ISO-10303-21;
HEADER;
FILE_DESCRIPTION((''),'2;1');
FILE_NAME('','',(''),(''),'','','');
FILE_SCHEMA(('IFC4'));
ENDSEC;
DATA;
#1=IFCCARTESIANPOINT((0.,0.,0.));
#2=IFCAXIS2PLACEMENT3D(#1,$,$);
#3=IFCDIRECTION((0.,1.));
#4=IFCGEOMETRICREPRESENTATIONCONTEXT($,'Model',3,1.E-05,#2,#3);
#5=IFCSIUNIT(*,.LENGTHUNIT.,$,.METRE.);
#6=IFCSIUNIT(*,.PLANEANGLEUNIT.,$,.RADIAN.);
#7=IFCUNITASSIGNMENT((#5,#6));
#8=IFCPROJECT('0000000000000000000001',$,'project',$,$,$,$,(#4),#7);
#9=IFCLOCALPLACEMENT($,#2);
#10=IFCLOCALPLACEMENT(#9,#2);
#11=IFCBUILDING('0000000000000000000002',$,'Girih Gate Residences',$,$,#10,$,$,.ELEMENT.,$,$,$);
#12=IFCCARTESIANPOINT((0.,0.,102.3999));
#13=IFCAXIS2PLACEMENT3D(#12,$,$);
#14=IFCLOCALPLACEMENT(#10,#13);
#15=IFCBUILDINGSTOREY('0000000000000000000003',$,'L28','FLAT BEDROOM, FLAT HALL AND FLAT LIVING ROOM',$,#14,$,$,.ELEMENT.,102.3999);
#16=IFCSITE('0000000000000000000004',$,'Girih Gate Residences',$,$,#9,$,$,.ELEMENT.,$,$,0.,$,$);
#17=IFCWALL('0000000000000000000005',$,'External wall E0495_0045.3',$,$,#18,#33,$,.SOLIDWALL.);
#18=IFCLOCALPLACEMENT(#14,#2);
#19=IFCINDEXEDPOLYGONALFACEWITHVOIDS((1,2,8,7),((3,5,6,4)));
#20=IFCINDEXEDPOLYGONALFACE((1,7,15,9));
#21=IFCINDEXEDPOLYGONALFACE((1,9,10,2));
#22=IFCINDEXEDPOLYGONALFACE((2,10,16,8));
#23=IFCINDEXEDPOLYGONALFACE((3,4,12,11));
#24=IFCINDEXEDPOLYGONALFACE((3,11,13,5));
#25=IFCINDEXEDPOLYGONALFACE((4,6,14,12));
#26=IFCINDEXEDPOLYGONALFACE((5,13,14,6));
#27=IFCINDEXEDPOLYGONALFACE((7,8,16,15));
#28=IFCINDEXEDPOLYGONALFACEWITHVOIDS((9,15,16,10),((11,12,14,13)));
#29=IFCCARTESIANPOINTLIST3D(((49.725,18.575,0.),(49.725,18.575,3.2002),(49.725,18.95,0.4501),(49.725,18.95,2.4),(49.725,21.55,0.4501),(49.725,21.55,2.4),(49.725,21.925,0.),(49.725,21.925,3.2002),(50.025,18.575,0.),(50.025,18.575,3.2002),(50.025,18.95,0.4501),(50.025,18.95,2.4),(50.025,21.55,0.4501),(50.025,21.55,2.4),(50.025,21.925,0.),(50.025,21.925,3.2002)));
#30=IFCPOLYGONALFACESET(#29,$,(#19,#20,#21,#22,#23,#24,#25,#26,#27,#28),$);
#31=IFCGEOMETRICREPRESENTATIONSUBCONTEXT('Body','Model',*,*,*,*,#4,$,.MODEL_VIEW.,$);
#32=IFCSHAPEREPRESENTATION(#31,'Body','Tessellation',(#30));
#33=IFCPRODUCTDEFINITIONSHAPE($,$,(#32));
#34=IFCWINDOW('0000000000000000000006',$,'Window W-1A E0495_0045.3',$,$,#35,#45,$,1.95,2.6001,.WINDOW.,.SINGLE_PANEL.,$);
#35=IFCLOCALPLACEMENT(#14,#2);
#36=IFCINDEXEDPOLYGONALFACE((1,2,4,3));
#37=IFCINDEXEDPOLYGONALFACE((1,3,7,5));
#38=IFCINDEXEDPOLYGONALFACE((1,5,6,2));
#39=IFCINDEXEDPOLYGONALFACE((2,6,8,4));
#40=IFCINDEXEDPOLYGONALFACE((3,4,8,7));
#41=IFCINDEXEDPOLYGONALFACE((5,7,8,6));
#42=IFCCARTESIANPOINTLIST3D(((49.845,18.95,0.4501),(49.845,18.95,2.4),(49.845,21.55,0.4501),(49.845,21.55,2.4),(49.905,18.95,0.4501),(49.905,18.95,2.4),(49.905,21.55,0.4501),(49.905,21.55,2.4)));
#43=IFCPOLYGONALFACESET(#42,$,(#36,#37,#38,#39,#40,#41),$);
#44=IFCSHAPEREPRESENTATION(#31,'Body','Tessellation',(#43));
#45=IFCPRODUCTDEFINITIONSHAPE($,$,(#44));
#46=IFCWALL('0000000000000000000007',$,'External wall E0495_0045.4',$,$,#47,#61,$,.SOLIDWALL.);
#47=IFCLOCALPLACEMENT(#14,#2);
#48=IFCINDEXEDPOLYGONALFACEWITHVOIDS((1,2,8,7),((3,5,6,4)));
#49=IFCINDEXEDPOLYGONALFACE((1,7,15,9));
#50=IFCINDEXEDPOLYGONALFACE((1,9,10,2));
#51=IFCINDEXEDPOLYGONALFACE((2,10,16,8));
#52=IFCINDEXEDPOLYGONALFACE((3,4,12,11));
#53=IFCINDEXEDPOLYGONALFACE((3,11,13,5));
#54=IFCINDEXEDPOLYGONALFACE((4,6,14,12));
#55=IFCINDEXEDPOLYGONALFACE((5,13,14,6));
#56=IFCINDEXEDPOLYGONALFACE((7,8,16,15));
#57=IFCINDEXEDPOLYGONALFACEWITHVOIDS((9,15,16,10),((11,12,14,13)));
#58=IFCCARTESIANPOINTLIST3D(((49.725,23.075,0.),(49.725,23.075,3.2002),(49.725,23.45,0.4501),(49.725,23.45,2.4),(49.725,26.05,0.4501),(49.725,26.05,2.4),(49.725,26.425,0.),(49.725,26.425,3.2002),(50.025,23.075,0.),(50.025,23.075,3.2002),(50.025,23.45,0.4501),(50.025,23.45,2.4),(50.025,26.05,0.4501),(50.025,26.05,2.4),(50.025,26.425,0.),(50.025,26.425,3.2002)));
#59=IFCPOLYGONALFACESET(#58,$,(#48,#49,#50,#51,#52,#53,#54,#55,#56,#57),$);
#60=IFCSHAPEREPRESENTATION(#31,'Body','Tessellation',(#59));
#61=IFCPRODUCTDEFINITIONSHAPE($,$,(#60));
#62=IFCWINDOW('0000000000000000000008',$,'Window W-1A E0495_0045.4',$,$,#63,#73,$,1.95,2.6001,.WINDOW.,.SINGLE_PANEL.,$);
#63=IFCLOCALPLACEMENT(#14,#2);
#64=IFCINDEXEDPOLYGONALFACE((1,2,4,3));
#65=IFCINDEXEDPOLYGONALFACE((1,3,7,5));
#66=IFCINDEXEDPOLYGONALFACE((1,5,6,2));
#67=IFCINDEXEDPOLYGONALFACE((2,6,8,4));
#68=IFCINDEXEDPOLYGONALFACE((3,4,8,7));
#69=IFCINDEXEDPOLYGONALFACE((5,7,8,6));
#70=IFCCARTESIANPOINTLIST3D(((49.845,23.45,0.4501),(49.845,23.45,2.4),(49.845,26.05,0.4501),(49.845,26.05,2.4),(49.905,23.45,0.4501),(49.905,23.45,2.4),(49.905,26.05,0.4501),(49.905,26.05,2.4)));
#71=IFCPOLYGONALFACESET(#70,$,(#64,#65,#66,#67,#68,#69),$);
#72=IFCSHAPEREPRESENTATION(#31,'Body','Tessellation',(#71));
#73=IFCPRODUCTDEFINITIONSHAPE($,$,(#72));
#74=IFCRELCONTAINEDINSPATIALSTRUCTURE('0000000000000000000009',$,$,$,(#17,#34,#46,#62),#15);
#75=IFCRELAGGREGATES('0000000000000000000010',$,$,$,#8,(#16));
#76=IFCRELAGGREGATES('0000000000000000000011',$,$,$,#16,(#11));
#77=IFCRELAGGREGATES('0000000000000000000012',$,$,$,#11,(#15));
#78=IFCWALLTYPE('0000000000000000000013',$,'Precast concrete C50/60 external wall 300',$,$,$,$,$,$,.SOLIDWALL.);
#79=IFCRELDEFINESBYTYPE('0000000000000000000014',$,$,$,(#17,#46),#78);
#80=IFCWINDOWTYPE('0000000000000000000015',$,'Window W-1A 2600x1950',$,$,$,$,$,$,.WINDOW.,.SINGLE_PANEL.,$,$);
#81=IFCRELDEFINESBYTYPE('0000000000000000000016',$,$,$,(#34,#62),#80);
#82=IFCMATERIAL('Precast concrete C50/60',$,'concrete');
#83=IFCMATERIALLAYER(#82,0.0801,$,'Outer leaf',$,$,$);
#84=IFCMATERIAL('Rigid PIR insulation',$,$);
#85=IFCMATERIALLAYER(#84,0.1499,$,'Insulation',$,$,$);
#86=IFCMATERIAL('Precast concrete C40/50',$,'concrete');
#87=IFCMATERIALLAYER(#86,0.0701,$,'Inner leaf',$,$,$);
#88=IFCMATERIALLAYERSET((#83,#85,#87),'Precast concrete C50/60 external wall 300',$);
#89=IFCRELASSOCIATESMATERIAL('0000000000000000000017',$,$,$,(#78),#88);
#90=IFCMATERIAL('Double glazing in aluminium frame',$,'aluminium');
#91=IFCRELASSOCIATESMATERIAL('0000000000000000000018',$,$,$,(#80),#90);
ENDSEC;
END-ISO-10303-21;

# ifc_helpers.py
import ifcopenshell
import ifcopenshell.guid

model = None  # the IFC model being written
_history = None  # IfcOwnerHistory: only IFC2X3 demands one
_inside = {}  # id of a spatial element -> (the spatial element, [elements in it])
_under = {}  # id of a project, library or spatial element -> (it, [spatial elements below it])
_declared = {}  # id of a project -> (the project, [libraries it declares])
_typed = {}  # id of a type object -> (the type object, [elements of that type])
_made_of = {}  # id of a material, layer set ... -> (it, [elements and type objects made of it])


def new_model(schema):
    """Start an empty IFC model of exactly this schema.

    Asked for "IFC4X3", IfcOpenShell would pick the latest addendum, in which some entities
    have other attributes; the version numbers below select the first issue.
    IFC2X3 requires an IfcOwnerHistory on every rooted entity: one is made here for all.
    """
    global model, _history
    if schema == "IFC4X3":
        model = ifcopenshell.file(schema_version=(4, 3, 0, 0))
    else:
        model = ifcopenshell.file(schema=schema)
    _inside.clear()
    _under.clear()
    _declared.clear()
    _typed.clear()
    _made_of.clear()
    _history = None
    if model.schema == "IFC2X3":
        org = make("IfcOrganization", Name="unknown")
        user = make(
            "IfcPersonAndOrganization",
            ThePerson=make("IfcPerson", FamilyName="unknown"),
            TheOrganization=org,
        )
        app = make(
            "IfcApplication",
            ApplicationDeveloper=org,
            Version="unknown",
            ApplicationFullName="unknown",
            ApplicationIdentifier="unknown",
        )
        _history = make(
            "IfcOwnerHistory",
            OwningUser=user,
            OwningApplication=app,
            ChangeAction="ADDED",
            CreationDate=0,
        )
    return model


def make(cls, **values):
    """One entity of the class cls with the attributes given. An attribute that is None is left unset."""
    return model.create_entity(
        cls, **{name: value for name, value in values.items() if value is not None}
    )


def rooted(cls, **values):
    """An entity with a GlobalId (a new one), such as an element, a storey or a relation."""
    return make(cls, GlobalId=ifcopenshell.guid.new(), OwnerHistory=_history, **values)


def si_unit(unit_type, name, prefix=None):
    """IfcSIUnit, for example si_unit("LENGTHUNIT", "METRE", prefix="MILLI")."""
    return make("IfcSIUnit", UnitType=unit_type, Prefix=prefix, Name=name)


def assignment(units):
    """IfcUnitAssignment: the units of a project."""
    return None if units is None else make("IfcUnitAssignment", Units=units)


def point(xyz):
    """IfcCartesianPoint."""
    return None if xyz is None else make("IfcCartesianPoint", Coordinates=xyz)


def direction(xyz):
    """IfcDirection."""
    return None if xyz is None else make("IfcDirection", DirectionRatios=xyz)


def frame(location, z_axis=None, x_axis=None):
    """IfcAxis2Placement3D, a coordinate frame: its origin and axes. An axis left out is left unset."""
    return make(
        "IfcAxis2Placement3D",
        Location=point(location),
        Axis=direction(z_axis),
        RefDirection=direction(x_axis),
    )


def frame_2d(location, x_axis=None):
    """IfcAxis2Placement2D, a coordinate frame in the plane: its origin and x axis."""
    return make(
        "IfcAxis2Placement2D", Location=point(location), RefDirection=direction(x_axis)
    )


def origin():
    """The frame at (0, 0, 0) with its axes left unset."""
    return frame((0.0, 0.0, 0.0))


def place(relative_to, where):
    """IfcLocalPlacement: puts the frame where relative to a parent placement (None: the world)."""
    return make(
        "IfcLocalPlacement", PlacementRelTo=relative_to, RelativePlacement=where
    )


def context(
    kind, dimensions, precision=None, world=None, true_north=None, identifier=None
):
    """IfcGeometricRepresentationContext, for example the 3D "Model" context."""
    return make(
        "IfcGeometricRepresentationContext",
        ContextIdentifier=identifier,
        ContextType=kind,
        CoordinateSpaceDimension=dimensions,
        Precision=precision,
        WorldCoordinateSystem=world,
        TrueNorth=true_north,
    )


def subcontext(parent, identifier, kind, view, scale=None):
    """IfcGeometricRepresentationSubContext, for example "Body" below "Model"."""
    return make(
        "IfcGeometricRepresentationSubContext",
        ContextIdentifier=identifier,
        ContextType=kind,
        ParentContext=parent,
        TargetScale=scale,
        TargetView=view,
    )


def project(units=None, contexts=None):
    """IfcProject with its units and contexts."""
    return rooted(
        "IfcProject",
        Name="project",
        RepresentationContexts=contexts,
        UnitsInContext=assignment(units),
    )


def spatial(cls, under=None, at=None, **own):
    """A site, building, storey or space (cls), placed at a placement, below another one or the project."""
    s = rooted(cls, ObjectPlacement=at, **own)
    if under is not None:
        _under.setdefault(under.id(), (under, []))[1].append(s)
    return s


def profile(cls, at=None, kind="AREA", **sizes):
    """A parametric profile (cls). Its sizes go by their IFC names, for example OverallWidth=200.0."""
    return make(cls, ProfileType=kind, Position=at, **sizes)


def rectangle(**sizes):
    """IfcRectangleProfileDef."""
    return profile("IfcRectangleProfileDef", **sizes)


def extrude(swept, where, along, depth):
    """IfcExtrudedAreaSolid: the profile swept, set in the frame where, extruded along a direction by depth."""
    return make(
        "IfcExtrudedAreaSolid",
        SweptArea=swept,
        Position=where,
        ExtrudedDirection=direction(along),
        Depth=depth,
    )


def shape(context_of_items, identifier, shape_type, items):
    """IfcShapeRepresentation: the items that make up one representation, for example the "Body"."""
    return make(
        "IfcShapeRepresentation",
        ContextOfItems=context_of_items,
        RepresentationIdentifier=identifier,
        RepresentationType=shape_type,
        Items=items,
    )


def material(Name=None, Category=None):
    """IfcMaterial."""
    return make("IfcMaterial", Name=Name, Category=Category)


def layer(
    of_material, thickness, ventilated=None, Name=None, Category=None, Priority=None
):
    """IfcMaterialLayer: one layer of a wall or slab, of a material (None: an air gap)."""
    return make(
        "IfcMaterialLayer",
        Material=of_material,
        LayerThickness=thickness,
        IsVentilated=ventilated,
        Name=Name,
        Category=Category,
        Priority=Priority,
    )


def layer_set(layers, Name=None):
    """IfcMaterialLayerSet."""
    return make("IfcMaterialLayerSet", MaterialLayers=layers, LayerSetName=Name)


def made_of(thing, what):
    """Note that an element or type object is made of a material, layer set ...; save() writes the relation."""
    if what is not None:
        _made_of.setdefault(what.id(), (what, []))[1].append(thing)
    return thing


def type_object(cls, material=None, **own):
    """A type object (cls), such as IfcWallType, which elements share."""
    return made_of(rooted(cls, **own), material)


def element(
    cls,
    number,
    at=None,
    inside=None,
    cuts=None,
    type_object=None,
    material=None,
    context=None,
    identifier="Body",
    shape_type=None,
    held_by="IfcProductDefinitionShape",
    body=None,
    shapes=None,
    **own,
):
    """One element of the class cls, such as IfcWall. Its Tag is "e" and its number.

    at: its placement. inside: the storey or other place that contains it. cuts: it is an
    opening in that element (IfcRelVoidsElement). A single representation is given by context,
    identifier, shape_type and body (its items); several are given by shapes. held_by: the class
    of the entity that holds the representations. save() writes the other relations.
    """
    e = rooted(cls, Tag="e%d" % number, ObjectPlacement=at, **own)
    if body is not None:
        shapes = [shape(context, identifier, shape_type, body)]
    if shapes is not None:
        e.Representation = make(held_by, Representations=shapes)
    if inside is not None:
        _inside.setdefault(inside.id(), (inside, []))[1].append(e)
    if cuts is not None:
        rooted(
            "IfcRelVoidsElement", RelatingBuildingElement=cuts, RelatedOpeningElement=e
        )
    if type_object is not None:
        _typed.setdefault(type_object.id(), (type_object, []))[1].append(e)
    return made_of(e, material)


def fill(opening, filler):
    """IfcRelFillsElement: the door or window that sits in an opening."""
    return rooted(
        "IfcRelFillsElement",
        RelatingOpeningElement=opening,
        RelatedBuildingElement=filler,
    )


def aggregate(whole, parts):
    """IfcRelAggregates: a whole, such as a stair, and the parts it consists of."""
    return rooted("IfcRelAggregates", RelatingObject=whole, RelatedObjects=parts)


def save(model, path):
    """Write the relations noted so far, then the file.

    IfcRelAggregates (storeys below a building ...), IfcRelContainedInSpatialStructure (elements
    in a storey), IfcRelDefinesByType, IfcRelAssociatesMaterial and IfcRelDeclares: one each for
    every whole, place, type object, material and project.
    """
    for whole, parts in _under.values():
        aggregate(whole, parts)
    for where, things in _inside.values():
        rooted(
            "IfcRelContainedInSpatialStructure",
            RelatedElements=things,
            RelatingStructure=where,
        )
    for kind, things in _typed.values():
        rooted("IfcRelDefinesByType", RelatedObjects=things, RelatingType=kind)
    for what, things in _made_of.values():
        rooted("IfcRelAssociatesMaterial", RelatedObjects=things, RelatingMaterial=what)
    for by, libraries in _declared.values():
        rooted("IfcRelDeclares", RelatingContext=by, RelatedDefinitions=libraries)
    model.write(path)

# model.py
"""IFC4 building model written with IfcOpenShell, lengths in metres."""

from ifc_helpers import new_model, si_unit, direction, frame, frame_2d, origin, place, context, subcontext, project, spatial, rectangle, extrude, material, layer, layer_set, type_object, element, fill, save


model = new_model("IFC4")

# Units and contexts
model_context = context("Model", 3, precision=1e-05, world=origin(), true_north=direction((0.0, 1.0)))
body_context = subcontext(model_context, "Body", "Model", "MODEL_VIEW")
ifc_project = project(units=[si_unit("LENGTHUNIT", "METRE"), si_unit("PLANEANGLEUNIT", "RADIAN")], contexts=[model_context])

# Site, building, storey
site_placement = place(None, origin())
site = spatial("IfcSite", under=ifc_project, at=site_placement, Name="Girih Gate Residences", CompositionType="ELEMENT", RefElevation=0.0)
building_placement = place(site_placement, origin())
building = spatial("IfcBuilding", under=site, at=building_placement, Name="Girih Gate Residences", CompositionType="ELEMENT")
storey_placement = place(building_placement, frame((0.0, 0.0, 102.3999)))
storey = spatial("IfcBuildingStorey", under=building, at=storey_placement, Name="L28", Description="FLAT BEDROOM, FLAT HALL AND FLAT LIVING ROOM", CompositionType="ELEMENT", Elevation=102.3999)

# Walls, openings, windows
ifc_material_1 = material(Name="Precast concrete C50/60", Category="concrete")
ifc_layer_1 = layer(ifc_material_1, 0.0801, Name="Outer leaf")
ifc_material_2 = material(Name="Rigid PIR insulation")
ifc_layer_2 = layer(ifc_material_2, 0.1499, Name="Insulation")
ifc_material_3 = material(Name="Precast concrete C40/50", Category="concrete")
ifc_layer_3 = layer(ifc_material_3, 0.0701, Name="Inner leaf")
ifc_layer_set_1 = layer_set([ifc_layer_1, ifc_layer_2, ifc_layer_3], Name="Precast concrete C50/60 external wall 300")
wall_type_1 = type_object("IfcWallType", Name="Precast concrete C50/60 external wall 300", PredefinedType="SOLIDWALL", material=ifc_layer_set_1)
wall_1_placement = place(storey_placement, frame((49.875, 21.925, 0.0), z_axis=(0.0, 0.0, 1.0), x_axis=(0.0, -1.0, 0.0)))
wall_1 = element("IfcWall", 1, at=wall_1_placement, inside=storey, type_object=wall_type_1, Name="External wall E0495_0045.3", PredefinedType="SOLIDWALL", context=body_context, shape_type="SweptSolid", body=[
    extrude(rectangle(XDim=3.3501, YDim=0.3, at=frame_2d((1.675, 0.0))), origin(), (0.0, 0.0, 1.0), 3.2002),
])
opening_1_placement = place(wall_1_placement, frame((0.375, 0.0, 0.45)))
opening_1 = element("IfcOpeningElement", 2, at=opening_1_placement, cuts=wall_1, PredefinedType="OPENING", context=body_context, shape_type="SweptSolid", body=[
    extrude(rectangle(XDim=2.6001, YDim=1.95, at=frame_2d((1.3, 0.9751))), frame((0.0, 0.1599, 0.0), z_axis=(0.0, -1.0, 0.0), x_axis=(1.0, 0.0, 0.0)), (0.0, 0.0, 1.0), 0.3201),
])
ifc_material_4 = material(Name="Double glazing in aluminium frame", Category="aluminium")
window_type = type_object("IfcWindowType", Name="Window W-1A 2600x1950", PartitioningType="SINGLE_PANEL", PredefinedType="WINDOW", material=ifc_material_4)
window_1_placement = place(opening_1_placement, origin())
window_1 = element("IfcWindow", 3, at=window_1_placement, inside=storey, type_object=window_type, Name="Window W-1A E0495_0045.3", OverallHeight=1.95, OverallWidth=2.6001, PartitioningType="SINGLE_PANEL", PredefinedType="WINDOW", context=body_context, shape_type="SweptSolid", body=[
    extrude(rectangle(XDim=2.6001, YDim=1.95, at=frame_2d((1.3, 0.9751))), frame((0.0, 0.03, 0.0), z_axis=(0.0, -1.0, 0.0), x_axis=(1.0, 0.0, 0.0)), (0.0, 0.0, 1.0), 0.0601),
])
fill(opening_1, window_1)
wall_2_placement = place(storey_placement, frame((49.875, 26.425, 0.0), z_axis=(0.0, 0.0, 1.0), x_axis=(0.0, -1.0, 0.0)))
wall_2 = element("IfcWall", 4, at=wall_2_placement, inside=storey, type_object=wall_type_1, Name="External wall E0495_0045.4", PredefinedType="SOLIDWALL", context=body_context, shape_type="SweptSolid", body=[
    extrude(rectangle(XDim=3.3501, YDim=0.3, at=frame_2d((1.675, 0.0))), origin(), (0.0, 0.0, 1.0), 3.2002),
])
opening_2_placement = place(wall_2_placement, frame((0.375, 0.0, 0.45)))
opening_2 = element("IfcOpeningElement", 5, at=opening_2_placement, cuts=wall_2, PredefinedType="OPENING", context=body_context, shape_type="SweptSolid", body=[
    extrude(rectangle(XDim=2.6001, YDim=1.95, at=frame_2d((1.3, 0.9751))), frame((0.0, 0.1599, 0.0), z_axis=(0.0, -1.0, 0.0), x_axis=(1.0, 0.0, 0.0)), (0.0, 0.0, 1.0), 0.3201),
])
window_2_placement = place(opening_2_placement, origin())
window_2 = element("IfcWindow", 6, at=window_2_placement, inside=storey, type_object=window_type, Name="Window W-1A E0495_0045.4", OverallHeight=1.95, OverallWidth=2.6001, PartitioningType="SINGLE_PANEL", PredefinedType="WINDOW", context=body_context, shape_type="SweptSolid", body=[
    extrude(rectangle(XDim=2.6001, YDim=1.95, at=frame_2d((1.3, 0.9751))), frame((0.0, 0.03, 0.0), z_axis=(0.0, -1.0, 0.0), x_axis=(1.0, 0.0, 0.0)), (0.0, 0.0, 1.0), 0.0601),
])
fill(opening_2, window_2)

save(model, "model.ifc")
